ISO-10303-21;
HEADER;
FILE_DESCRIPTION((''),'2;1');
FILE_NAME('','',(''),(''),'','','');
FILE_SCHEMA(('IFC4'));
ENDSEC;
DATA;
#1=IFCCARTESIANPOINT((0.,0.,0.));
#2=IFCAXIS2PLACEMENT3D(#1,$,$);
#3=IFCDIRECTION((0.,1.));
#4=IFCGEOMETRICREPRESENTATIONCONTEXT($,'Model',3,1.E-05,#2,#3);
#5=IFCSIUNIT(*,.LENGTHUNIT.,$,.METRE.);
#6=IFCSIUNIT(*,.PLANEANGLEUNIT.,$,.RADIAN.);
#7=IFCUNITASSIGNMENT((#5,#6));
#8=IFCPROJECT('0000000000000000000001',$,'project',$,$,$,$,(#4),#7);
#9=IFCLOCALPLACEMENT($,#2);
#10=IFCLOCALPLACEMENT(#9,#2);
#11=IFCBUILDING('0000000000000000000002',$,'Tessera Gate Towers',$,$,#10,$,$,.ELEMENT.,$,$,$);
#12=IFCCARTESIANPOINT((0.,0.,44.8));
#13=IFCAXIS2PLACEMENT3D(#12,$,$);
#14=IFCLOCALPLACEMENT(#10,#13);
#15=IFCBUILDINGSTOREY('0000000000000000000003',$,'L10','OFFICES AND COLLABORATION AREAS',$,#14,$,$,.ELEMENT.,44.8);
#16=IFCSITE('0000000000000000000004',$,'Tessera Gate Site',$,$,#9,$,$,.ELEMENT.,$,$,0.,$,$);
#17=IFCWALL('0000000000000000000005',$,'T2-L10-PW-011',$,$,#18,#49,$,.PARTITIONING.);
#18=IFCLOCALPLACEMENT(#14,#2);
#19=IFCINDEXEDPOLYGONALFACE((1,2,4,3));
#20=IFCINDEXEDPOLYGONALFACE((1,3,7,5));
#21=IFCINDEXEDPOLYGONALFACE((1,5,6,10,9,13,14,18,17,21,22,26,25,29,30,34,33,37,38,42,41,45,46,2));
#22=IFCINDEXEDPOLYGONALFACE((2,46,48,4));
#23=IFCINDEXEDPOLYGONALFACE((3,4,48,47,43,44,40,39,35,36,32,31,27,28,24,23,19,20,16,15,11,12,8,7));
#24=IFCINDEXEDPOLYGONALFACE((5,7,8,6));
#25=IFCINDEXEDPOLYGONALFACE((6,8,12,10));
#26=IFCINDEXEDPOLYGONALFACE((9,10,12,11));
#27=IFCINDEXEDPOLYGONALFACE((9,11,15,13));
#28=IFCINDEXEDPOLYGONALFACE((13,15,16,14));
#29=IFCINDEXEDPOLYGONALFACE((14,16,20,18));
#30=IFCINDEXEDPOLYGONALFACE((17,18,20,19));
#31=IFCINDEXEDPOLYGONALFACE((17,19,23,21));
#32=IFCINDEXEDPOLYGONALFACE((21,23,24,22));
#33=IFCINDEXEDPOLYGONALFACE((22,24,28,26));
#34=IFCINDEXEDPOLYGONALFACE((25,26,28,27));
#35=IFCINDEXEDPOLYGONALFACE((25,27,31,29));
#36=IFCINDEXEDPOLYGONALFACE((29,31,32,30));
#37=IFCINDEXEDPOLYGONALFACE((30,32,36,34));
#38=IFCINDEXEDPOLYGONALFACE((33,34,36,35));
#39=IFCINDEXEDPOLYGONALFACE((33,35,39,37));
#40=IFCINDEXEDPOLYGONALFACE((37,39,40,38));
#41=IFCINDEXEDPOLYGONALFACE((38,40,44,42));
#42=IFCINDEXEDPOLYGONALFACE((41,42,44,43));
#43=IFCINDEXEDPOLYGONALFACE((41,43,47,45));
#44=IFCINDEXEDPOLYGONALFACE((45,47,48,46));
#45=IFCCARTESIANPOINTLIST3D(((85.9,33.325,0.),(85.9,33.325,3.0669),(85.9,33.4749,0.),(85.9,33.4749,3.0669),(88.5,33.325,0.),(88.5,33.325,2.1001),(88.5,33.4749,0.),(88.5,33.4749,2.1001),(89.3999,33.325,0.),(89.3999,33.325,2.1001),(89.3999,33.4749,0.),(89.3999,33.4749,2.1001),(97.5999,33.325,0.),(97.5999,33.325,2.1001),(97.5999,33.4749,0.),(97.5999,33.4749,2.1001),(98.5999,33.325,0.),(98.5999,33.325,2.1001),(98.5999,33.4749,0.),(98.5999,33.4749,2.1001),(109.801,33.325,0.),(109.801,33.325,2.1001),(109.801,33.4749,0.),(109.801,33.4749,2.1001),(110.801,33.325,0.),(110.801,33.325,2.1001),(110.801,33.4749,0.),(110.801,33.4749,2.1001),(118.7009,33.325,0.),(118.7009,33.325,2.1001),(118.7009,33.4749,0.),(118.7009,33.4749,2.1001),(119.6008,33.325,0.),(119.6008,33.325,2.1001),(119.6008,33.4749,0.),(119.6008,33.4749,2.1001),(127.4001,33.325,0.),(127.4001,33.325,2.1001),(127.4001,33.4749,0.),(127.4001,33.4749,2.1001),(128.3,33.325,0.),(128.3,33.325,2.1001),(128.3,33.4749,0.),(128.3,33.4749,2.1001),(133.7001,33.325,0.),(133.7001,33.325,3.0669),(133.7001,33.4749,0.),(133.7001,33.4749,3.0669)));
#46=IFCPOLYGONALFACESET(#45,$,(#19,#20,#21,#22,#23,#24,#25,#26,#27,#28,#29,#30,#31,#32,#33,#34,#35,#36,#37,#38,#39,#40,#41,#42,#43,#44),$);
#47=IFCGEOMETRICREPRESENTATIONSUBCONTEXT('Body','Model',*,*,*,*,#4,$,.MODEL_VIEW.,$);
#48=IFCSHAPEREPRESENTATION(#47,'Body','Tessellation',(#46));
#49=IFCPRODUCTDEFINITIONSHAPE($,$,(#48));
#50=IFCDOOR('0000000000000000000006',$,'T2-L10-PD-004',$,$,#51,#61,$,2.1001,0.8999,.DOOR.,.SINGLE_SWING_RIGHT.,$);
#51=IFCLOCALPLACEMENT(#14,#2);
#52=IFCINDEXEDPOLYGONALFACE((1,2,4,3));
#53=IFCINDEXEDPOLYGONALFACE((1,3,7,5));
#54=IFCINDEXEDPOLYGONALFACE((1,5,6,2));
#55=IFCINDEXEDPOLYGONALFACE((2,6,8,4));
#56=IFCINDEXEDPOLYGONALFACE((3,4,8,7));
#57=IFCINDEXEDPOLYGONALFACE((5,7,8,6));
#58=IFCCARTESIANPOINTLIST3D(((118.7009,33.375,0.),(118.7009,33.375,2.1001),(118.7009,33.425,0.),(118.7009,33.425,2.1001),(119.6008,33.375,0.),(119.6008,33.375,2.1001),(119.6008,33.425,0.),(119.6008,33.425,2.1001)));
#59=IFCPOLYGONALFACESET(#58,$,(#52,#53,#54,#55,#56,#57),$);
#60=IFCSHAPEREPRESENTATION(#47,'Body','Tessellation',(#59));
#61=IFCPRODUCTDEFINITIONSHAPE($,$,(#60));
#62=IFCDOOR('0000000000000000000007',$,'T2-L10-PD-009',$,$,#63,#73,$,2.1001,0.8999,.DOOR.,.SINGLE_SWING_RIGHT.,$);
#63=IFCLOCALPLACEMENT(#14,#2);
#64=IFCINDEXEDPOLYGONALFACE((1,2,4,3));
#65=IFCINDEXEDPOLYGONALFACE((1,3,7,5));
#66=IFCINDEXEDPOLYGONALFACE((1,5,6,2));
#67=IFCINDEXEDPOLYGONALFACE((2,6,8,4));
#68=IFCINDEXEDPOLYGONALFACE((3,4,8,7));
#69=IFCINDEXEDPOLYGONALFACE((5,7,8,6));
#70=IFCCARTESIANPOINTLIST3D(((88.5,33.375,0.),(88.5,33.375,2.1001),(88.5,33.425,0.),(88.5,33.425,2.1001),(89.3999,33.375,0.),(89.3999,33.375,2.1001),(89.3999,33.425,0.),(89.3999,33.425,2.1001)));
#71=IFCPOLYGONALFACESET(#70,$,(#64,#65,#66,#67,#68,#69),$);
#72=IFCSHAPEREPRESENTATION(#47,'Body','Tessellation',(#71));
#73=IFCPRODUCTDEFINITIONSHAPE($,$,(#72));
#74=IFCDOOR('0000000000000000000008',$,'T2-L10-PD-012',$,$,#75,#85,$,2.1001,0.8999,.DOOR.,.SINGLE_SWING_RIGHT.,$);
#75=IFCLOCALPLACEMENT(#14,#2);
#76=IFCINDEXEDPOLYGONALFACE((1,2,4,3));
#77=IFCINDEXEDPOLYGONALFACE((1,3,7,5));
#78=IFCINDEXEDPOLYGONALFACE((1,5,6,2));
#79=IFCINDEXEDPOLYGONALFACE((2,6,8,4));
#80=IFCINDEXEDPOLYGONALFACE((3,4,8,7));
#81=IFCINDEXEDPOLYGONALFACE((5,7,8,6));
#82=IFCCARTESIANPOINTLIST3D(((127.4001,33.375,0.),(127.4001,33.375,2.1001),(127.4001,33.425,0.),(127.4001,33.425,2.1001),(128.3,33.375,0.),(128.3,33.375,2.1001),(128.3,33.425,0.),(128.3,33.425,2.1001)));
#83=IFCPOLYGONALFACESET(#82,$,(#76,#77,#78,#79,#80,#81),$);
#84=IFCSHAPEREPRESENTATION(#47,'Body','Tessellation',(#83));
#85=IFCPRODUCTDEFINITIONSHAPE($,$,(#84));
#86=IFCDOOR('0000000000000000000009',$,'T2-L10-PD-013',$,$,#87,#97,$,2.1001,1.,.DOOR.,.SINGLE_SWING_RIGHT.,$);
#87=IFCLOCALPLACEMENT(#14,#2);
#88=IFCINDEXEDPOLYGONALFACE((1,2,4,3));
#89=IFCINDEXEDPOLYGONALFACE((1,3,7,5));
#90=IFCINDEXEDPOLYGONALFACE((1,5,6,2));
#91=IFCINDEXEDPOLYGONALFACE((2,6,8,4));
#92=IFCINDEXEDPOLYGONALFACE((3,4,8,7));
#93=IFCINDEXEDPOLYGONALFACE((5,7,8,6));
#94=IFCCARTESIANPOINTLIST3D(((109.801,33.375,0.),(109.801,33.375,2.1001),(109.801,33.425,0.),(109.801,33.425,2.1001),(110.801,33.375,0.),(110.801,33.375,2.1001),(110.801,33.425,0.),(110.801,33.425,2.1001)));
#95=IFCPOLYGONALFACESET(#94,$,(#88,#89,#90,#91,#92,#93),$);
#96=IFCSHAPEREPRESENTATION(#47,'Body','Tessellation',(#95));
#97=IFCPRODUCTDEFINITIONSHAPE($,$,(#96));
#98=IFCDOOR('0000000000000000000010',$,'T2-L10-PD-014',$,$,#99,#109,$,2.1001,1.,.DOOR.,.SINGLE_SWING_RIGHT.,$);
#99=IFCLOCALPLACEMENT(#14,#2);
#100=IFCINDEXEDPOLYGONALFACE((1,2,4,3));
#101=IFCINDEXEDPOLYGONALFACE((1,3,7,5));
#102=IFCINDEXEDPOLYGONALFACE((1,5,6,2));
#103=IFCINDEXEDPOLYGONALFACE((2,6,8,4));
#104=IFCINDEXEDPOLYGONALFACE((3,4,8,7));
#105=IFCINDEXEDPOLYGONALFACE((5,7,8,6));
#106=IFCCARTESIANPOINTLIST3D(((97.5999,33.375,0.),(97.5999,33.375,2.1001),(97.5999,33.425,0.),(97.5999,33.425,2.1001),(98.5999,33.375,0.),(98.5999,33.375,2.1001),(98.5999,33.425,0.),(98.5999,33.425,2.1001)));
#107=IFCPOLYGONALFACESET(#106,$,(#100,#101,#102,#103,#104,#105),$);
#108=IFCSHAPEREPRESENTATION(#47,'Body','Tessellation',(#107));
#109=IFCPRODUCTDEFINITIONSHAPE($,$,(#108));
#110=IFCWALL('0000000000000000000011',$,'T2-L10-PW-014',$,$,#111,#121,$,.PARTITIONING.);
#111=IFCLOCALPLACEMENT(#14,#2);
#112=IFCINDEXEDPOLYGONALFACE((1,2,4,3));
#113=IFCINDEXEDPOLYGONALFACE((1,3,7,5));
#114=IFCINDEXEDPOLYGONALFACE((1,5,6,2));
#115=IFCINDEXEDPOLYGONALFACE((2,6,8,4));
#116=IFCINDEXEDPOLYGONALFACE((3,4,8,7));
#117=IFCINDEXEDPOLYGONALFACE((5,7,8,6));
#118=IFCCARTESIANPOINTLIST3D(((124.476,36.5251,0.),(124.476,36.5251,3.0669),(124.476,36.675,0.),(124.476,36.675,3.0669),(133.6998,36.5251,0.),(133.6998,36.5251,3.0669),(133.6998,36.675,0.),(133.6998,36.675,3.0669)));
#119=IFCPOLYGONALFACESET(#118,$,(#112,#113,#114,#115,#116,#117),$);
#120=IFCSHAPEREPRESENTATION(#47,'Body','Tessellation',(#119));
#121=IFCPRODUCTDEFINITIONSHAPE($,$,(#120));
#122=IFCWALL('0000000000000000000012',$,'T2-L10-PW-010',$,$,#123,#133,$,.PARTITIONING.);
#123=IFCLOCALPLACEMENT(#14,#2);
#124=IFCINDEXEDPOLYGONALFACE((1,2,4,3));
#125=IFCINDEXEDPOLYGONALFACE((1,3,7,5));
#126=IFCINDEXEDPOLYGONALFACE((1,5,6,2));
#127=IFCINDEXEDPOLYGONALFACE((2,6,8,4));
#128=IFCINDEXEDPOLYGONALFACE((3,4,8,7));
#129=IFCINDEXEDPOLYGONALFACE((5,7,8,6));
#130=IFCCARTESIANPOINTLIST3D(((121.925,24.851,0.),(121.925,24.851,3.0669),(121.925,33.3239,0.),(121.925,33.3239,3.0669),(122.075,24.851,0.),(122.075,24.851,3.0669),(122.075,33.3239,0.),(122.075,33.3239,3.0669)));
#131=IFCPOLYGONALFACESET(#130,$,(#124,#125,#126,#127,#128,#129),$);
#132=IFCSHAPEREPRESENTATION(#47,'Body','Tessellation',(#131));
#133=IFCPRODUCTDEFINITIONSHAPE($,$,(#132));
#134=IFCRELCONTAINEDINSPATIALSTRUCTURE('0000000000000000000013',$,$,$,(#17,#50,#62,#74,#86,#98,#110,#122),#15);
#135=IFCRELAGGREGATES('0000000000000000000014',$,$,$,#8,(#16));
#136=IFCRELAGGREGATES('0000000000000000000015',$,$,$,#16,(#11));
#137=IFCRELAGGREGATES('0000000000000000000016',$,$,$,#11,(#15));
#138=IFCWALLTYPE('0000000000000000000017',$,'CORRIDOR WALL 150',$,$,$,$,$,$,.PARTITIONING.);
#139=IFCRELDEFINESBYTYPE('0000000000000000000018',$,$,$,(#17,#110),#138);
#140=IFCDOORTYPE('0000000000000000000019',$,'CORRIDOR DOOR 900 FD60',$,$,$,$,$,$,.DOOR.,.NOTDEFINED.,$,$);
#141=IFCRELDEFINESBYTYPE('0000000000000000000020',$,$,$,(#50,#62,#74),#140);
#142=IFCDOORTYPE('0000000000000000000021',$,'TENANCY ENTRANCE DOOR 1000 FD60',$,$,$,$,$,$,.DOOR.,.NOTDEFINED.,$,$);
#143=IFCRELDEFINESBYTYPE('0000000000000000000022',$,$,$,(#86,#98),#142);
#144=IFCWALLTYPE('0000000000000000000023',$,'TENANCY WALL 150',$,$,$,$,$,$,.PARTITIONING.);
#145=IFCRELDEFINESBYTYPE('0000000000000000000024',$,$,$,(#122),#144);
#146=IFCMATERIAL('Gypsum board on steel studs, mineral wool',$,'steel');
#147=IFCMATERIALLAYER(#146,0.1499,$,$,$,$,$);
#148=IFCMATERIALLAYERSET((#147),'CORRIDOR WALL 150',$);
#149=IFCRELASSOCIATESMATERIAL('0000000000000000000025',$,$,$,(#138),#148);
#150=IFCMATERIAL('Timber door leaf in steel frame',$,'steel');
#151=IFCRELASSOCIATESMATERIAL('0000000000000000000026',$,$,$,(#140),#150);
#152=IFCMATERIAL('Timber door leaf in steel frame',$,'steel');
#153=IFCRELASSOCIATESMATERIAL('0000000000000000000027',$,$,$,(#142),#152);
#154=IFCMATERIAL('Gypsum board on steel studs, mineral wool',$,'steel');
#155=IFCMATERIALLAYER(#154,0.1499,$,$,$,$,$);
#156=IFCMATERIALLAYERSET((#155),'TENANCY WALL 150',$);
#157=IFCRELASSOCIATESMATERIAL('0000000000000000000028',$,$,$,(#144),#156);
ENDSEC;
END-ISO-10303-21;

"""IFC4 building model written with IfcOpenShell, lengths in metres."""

from ifc_helpers import new_model, si_unit, direction, frame, frame_2d, origin, place, context, subcontext, project, spatial, rectangle, extrude, source, transform, mapped, material, layer, layer_set, type_object, element, fill, save


model = new_model("IFC4")

# Units and contexts
model_context = context("Model", 3, precision=1e-05, world=origin(), true_north=direction((0.0, 1.0)))
body_context = subcontext(model_context, "Body", "Model", "MODEL_VIEW")
ifc_project = project(units=[si_unit("LENGTHUNIT", "METRE"), si_unit("PLANEANGLEUNIT", "RADIAN")], contexts=[model_context])

# Site, building, storey
site_placement = place(None, origin())
site = spatial("IfcSite", under=ifc_project, at=site_placement, Name="Tessera Gate Site", CompositionType="ELEMENT", RefElevation=0.0)
building_placement = place(site_placement, origin())
building = spatial("IfcBuilding", under=site, at=building_placement, Name="Tessera Gate Towers", CompositionType="ELEMENT")
storey_placement = place(building_placement, frame((0.0, 0.0, 44.8)))
storey = spatial("IfcBuildingStorey", under=building, at=storey_placement, Name="L10", Description="OFFICES AND COLLABORATION AREAS", CompositionType="ELEMENT", Elevation=44.8)

# Wall, openings, doors
ifc_material_1 = material(Name="Gypsum board on steel studs, mineral wool", Category="steel")
ifc_layer_1 = layer(ifc_material_1, 0.1499)
ifc_layer_set_1 = layer_set([ifc_layer_1], Name="CORRIDOR WALL 150")
wall_type_1 = type_object("IfcWallType", Name="CORRIDOR WALL 150", PredefinedType="PARTITIONING", material=ifc_layer_set_1)
wall_1_placement = place(storey_placement, frame((133.7, 33.3999, 0.0), z_axis=(0.0, 0.0, 1.0), x_axis=(-1.0, 0.0, 0.0)))
wall_1 = element("IfcWall", 1, at=wall_1_placement, inside=storey, type_object=wall_type_1, Name="T2-L10-PW-011", PredefinedType="PARTITIONING", context=body_context, shape_type="SweptSolid", body=[
    extrude(rectangle(XDim=47.8, YDim=0.1499, at=frame_2d((23.8999, 0.0))), origin(), (0.0, 0.0, 1.0), 3.0669),
])
shared_shape_1 = source(origin(), body_context, "Body", "SweptSolid", [
    extrude(rectangle(XDim=0.8999, YDim=2.1001, at=frame_2d((0.45, 1.05))), frame((0.0, 0.085, 0.0), z_axis=(0.0, -1.0, 0.0), x_axis=(1.0, 0.0, 0.0)), (0.0, 0.0, 1.0), 0.1699),
])
opening_1_placement = place(wall_1_placement, frame((14.0991, 0.0, 0.0)))
opening_1 = element("IfcOpeningElement", 2, at=opening_1_placement, cuts=wall_1, PredefinedType="OPENING", context=body_context, shape_type="MappedRepresentation", body=[
    mapped(shared_shape_1, transform((0.0, 0.0, 0.0), scale=1.0)),
])
opening_2_placement = place(wall_1_placement, frame((44.3, 0.0, 0.0)))
opening_2 = element("IfcOpeningElement", 3, at=opening_2_placement, cuts=wall_1, PredefinedType="OPENING", context=body_context, shape_type="MappedRepresentation", body=[
    mapped(shared_shape_1, transform((0.0, 0.0, 0.0), scale=1.0)),
])
opening_3_placement = place(wall_1_placement, frame((5.3999, 0.0, 0.0)))
opening_3 = element("IfcOpeningElement", 4, at=opening_3_placement, cuts=wall_1, PredefinedType="OPENING", context=body_context, shape_type="MappedRepresentation", body=[
    mapped(shared_shape_1, transform((0.0, 0.0, 0.0), scale=1.0)),
])
shared_shape_2 = source(origin(), body_context, "Body", "SweptSolid", [
    extrude(rectangle(XDim=1.0, YDim=2.1001, at=frame_2d((0.5, 1.05))), frame((0.0, 0.085, 0.0), z_axis=(0.0, -1.0, 0.0), x_axis=(1.0, 0.0, 0.0)), (0.0, 0.0, 1.0), 0.1699),
])
opening_4_placement = place(wall_1_placement, frame((22.8989, 0.0, 0.0)))
opening_4 = element("IfcOpeningElement", 5, at=opening_4_placement, cuts=wall_1, PredefinedType="OPENING", context=body_context, shape_type="MappedRepresentation", body=[
    mapped(shared_shape_2, transform((0.0, 0.0, 0.0), scale=1.0)),
])
opening_5_placement = place(wall_1_placement, frame((35.1001, 0.0, 0.0)))
opening_5 = element("IfcOpeningElement", 6, at=opening_5_placement, cuts=wall_1, PredefinedType="OPENING", context=body_context, shape_type="MappedRepresentation", body=[
    mapped(shared_shape_2, transform((0.0, 0.0, 0.0), scale=1.0)),
])
ifc_material_2 = material(Name="Timber door leaf in steel frame", Category="steel")
door_type_1 = type_object("IfcDoorType", Name="CORRIDOR DOOR 900 FD60", OperationType="NOTDEFINED", PredefinedType="DOOR", material=ifc_material_2)
shared_shape_3 = source(origin(), body_context, "Body", "SweptSolid", [
    extrude(rectangle(XDim=0.8999, YDim=2.1001, at=frame_2d((0.45, 1.05))), frame((0.0, 0.0249, 0.0), z_axis=(0.0, -1.0, 0.0), x_axis=(1.0, 0.0, 0.0)), (0.0, 0.0, 1.0), 0.05),
])
door_1_placement = place(opening_1_placement, origin())
door_1 = element("IfcDoor", 7, at=door_1_placement, inside=storey, type_object=door_type_1, Name="T2-L10-PD-004", OperationType="SINGLE_SWING_RIGHT", OverallHeight=2.1001, OverallWidth=0.8999, PredefinedType="DOOR", context=body_context, shape_type="MappedRepresentation", body=[
    mapped(shared_shape_3, transform((0.0, 0.0, 0.0), scale=1.0)),
])
fill(opening_1, door_1)
door_2_placement = place(opening_2_placement, origin())
door_2 = element("IfcDoor", 8, at=door_2_placement, inside=storey, type_object=door_type_1, Name="T2-L10-PD-009", OperationType="SINGLE_SWING_RIGHT", OverallHeight=2.1001, OverallWidth=0.8999, PredefinedType="DOOR", context=body_context, shape_type="MappedRepresentation", body=[
    mapped(shared_shape_3, transform((0.0, 0.0, 0.0), scale=1.0)),
])
fill(opening_2, door_2)
door_3_placement = place(opening_3_placement, origin())
door_3 = element("IfcDoor", 9, at=door_3_placement, inside=storey, type_object=door_type_1, Name="T2-L10-PD-012", OperationType="SINGLE_SWING_RIGHT", OverallHeight=2.1001, OverallWidth=0.8999, PredefinedType="DOOR", context=body_context, shape_type="MappedRepresentation", body=[
    mapped(shared_shape_3, transform((0.0, 0.0, 0.0), scale=1.0)),
])
fill(opening_3, door_3)
ifc_material_3 = material(Name="Timber door leaf in steel frame", Category="steel")
door_type_2 = type_object("IfcDoorType", Name="TENANCY ENTRANCE DOOR 1000 FD60", OperationType="NOTDEFINED", PredefinedType="DOOR", material=ifc_material_3)
shared_shape_4 = source(origin(), body_context, "Body", "SweptSolid", [
    extrude(rectangle(XDim=1.0, YDim=2.1001, at=frame_2d((0.5, 1.05))), frame((0.0, 0.0249, 0.0), z_axis=(0.0, -1.0, 0.0), x_axis=(1.0, 0.0, 0.0)), (0.0, 0.0, 1.0), 0.05),
])
door_4_placement = place(opening_4_placement, origin())
door_4 = element("IfcDoor", 10, at=door_4_placement, inside=storey, type_object=door_type_2, Name="T2-L10-PD-013", OperationType="SINGLE_SWING_RIGHT", OverallHeight=2.1001, OverallWidth=1.0, PredefinedType="DOOR", context=body_context, shape_type="MappedRepresentation", body=[
    mapped(shared_shape_4, transform((0.0, 0.0, 0.0), scale=1.0)),
])
fill(opening_4, door_4)
door_5_placement = place(opening_5_placement, origin())
door_5 = element("IfcDoor", 11, at=door_5_placement, inside=storey, type_object=door_type_2, Name="T2-L10-PD-014", OperationType="SINGLE_SWING_RIGHT", OverallHeight=2.1001, OverallWidth=1.0, PredefinedType="DOOR", context=body_context, shape_type="MappedRepresentation", body=[
    mapped(shared_shape_4, transform((0.0, 0.0, 0.0), scale=1.0)),
])
fill(opening_5, door_5)

# Walls
wall_2_placement = place(storey_placement, frame((124.4761, 36.6001, 0.0), z_axis=(0.0, 0.0, 1.0), x_axis=(1.0, 0.0, 0.0)))
element("IfcWall", 12, at=wall_2_placement, inside=storey, type_object=wall_type_1, Name="T2-L10-PW-014", PredefinedType="PARTITIONING", context=body_context, shape_type="SweptSolid", body=[
    extrude(rectangle(XDim=9.2239, YDim=0.1499, at=frame_2d((4.6118, 0.0))), origin(), (0.0, 0.0, 1.0), 3.0669),
])
ifc_material_4 = material(Name="Gypsum board on steel studs, mineral wool", Category="steel")
ifc_layer_2 = layer(ifc_material_4, 0.1499)
ifc_layer_set_2 = layer_set([ifc_layer_2], Name="TENANCY WALL 150")
wall_type_2 = type_object("IfcWallType", Name="TENANCY WALL 150", PredefinedType="PARTITIONING", material=ifc_layer_set_2)
wall_3_placement = place(storey_placement, frame((122.0, 24.8511, 0.0), z_axis=(0.0, 0.0, 1.0), x_axis=(0.0, 1.0, 0.0)))
element("IfcWall", 13, at=wall_3_placement, inside=storey, type_object=wall_type_2, Name="T2-L10-PW-010", PredefinedType="PARTITIONING", context=body_context, shape_type="SweptSolid", body=[
    extrude(rectangle(XDim=8.4729, YDim=0.1499, at=frame_2d((4.2363, 0.0))), origin(), (0.0, 0.0, 1.0), 3.0669),
])

save(model, "model.ifc")
